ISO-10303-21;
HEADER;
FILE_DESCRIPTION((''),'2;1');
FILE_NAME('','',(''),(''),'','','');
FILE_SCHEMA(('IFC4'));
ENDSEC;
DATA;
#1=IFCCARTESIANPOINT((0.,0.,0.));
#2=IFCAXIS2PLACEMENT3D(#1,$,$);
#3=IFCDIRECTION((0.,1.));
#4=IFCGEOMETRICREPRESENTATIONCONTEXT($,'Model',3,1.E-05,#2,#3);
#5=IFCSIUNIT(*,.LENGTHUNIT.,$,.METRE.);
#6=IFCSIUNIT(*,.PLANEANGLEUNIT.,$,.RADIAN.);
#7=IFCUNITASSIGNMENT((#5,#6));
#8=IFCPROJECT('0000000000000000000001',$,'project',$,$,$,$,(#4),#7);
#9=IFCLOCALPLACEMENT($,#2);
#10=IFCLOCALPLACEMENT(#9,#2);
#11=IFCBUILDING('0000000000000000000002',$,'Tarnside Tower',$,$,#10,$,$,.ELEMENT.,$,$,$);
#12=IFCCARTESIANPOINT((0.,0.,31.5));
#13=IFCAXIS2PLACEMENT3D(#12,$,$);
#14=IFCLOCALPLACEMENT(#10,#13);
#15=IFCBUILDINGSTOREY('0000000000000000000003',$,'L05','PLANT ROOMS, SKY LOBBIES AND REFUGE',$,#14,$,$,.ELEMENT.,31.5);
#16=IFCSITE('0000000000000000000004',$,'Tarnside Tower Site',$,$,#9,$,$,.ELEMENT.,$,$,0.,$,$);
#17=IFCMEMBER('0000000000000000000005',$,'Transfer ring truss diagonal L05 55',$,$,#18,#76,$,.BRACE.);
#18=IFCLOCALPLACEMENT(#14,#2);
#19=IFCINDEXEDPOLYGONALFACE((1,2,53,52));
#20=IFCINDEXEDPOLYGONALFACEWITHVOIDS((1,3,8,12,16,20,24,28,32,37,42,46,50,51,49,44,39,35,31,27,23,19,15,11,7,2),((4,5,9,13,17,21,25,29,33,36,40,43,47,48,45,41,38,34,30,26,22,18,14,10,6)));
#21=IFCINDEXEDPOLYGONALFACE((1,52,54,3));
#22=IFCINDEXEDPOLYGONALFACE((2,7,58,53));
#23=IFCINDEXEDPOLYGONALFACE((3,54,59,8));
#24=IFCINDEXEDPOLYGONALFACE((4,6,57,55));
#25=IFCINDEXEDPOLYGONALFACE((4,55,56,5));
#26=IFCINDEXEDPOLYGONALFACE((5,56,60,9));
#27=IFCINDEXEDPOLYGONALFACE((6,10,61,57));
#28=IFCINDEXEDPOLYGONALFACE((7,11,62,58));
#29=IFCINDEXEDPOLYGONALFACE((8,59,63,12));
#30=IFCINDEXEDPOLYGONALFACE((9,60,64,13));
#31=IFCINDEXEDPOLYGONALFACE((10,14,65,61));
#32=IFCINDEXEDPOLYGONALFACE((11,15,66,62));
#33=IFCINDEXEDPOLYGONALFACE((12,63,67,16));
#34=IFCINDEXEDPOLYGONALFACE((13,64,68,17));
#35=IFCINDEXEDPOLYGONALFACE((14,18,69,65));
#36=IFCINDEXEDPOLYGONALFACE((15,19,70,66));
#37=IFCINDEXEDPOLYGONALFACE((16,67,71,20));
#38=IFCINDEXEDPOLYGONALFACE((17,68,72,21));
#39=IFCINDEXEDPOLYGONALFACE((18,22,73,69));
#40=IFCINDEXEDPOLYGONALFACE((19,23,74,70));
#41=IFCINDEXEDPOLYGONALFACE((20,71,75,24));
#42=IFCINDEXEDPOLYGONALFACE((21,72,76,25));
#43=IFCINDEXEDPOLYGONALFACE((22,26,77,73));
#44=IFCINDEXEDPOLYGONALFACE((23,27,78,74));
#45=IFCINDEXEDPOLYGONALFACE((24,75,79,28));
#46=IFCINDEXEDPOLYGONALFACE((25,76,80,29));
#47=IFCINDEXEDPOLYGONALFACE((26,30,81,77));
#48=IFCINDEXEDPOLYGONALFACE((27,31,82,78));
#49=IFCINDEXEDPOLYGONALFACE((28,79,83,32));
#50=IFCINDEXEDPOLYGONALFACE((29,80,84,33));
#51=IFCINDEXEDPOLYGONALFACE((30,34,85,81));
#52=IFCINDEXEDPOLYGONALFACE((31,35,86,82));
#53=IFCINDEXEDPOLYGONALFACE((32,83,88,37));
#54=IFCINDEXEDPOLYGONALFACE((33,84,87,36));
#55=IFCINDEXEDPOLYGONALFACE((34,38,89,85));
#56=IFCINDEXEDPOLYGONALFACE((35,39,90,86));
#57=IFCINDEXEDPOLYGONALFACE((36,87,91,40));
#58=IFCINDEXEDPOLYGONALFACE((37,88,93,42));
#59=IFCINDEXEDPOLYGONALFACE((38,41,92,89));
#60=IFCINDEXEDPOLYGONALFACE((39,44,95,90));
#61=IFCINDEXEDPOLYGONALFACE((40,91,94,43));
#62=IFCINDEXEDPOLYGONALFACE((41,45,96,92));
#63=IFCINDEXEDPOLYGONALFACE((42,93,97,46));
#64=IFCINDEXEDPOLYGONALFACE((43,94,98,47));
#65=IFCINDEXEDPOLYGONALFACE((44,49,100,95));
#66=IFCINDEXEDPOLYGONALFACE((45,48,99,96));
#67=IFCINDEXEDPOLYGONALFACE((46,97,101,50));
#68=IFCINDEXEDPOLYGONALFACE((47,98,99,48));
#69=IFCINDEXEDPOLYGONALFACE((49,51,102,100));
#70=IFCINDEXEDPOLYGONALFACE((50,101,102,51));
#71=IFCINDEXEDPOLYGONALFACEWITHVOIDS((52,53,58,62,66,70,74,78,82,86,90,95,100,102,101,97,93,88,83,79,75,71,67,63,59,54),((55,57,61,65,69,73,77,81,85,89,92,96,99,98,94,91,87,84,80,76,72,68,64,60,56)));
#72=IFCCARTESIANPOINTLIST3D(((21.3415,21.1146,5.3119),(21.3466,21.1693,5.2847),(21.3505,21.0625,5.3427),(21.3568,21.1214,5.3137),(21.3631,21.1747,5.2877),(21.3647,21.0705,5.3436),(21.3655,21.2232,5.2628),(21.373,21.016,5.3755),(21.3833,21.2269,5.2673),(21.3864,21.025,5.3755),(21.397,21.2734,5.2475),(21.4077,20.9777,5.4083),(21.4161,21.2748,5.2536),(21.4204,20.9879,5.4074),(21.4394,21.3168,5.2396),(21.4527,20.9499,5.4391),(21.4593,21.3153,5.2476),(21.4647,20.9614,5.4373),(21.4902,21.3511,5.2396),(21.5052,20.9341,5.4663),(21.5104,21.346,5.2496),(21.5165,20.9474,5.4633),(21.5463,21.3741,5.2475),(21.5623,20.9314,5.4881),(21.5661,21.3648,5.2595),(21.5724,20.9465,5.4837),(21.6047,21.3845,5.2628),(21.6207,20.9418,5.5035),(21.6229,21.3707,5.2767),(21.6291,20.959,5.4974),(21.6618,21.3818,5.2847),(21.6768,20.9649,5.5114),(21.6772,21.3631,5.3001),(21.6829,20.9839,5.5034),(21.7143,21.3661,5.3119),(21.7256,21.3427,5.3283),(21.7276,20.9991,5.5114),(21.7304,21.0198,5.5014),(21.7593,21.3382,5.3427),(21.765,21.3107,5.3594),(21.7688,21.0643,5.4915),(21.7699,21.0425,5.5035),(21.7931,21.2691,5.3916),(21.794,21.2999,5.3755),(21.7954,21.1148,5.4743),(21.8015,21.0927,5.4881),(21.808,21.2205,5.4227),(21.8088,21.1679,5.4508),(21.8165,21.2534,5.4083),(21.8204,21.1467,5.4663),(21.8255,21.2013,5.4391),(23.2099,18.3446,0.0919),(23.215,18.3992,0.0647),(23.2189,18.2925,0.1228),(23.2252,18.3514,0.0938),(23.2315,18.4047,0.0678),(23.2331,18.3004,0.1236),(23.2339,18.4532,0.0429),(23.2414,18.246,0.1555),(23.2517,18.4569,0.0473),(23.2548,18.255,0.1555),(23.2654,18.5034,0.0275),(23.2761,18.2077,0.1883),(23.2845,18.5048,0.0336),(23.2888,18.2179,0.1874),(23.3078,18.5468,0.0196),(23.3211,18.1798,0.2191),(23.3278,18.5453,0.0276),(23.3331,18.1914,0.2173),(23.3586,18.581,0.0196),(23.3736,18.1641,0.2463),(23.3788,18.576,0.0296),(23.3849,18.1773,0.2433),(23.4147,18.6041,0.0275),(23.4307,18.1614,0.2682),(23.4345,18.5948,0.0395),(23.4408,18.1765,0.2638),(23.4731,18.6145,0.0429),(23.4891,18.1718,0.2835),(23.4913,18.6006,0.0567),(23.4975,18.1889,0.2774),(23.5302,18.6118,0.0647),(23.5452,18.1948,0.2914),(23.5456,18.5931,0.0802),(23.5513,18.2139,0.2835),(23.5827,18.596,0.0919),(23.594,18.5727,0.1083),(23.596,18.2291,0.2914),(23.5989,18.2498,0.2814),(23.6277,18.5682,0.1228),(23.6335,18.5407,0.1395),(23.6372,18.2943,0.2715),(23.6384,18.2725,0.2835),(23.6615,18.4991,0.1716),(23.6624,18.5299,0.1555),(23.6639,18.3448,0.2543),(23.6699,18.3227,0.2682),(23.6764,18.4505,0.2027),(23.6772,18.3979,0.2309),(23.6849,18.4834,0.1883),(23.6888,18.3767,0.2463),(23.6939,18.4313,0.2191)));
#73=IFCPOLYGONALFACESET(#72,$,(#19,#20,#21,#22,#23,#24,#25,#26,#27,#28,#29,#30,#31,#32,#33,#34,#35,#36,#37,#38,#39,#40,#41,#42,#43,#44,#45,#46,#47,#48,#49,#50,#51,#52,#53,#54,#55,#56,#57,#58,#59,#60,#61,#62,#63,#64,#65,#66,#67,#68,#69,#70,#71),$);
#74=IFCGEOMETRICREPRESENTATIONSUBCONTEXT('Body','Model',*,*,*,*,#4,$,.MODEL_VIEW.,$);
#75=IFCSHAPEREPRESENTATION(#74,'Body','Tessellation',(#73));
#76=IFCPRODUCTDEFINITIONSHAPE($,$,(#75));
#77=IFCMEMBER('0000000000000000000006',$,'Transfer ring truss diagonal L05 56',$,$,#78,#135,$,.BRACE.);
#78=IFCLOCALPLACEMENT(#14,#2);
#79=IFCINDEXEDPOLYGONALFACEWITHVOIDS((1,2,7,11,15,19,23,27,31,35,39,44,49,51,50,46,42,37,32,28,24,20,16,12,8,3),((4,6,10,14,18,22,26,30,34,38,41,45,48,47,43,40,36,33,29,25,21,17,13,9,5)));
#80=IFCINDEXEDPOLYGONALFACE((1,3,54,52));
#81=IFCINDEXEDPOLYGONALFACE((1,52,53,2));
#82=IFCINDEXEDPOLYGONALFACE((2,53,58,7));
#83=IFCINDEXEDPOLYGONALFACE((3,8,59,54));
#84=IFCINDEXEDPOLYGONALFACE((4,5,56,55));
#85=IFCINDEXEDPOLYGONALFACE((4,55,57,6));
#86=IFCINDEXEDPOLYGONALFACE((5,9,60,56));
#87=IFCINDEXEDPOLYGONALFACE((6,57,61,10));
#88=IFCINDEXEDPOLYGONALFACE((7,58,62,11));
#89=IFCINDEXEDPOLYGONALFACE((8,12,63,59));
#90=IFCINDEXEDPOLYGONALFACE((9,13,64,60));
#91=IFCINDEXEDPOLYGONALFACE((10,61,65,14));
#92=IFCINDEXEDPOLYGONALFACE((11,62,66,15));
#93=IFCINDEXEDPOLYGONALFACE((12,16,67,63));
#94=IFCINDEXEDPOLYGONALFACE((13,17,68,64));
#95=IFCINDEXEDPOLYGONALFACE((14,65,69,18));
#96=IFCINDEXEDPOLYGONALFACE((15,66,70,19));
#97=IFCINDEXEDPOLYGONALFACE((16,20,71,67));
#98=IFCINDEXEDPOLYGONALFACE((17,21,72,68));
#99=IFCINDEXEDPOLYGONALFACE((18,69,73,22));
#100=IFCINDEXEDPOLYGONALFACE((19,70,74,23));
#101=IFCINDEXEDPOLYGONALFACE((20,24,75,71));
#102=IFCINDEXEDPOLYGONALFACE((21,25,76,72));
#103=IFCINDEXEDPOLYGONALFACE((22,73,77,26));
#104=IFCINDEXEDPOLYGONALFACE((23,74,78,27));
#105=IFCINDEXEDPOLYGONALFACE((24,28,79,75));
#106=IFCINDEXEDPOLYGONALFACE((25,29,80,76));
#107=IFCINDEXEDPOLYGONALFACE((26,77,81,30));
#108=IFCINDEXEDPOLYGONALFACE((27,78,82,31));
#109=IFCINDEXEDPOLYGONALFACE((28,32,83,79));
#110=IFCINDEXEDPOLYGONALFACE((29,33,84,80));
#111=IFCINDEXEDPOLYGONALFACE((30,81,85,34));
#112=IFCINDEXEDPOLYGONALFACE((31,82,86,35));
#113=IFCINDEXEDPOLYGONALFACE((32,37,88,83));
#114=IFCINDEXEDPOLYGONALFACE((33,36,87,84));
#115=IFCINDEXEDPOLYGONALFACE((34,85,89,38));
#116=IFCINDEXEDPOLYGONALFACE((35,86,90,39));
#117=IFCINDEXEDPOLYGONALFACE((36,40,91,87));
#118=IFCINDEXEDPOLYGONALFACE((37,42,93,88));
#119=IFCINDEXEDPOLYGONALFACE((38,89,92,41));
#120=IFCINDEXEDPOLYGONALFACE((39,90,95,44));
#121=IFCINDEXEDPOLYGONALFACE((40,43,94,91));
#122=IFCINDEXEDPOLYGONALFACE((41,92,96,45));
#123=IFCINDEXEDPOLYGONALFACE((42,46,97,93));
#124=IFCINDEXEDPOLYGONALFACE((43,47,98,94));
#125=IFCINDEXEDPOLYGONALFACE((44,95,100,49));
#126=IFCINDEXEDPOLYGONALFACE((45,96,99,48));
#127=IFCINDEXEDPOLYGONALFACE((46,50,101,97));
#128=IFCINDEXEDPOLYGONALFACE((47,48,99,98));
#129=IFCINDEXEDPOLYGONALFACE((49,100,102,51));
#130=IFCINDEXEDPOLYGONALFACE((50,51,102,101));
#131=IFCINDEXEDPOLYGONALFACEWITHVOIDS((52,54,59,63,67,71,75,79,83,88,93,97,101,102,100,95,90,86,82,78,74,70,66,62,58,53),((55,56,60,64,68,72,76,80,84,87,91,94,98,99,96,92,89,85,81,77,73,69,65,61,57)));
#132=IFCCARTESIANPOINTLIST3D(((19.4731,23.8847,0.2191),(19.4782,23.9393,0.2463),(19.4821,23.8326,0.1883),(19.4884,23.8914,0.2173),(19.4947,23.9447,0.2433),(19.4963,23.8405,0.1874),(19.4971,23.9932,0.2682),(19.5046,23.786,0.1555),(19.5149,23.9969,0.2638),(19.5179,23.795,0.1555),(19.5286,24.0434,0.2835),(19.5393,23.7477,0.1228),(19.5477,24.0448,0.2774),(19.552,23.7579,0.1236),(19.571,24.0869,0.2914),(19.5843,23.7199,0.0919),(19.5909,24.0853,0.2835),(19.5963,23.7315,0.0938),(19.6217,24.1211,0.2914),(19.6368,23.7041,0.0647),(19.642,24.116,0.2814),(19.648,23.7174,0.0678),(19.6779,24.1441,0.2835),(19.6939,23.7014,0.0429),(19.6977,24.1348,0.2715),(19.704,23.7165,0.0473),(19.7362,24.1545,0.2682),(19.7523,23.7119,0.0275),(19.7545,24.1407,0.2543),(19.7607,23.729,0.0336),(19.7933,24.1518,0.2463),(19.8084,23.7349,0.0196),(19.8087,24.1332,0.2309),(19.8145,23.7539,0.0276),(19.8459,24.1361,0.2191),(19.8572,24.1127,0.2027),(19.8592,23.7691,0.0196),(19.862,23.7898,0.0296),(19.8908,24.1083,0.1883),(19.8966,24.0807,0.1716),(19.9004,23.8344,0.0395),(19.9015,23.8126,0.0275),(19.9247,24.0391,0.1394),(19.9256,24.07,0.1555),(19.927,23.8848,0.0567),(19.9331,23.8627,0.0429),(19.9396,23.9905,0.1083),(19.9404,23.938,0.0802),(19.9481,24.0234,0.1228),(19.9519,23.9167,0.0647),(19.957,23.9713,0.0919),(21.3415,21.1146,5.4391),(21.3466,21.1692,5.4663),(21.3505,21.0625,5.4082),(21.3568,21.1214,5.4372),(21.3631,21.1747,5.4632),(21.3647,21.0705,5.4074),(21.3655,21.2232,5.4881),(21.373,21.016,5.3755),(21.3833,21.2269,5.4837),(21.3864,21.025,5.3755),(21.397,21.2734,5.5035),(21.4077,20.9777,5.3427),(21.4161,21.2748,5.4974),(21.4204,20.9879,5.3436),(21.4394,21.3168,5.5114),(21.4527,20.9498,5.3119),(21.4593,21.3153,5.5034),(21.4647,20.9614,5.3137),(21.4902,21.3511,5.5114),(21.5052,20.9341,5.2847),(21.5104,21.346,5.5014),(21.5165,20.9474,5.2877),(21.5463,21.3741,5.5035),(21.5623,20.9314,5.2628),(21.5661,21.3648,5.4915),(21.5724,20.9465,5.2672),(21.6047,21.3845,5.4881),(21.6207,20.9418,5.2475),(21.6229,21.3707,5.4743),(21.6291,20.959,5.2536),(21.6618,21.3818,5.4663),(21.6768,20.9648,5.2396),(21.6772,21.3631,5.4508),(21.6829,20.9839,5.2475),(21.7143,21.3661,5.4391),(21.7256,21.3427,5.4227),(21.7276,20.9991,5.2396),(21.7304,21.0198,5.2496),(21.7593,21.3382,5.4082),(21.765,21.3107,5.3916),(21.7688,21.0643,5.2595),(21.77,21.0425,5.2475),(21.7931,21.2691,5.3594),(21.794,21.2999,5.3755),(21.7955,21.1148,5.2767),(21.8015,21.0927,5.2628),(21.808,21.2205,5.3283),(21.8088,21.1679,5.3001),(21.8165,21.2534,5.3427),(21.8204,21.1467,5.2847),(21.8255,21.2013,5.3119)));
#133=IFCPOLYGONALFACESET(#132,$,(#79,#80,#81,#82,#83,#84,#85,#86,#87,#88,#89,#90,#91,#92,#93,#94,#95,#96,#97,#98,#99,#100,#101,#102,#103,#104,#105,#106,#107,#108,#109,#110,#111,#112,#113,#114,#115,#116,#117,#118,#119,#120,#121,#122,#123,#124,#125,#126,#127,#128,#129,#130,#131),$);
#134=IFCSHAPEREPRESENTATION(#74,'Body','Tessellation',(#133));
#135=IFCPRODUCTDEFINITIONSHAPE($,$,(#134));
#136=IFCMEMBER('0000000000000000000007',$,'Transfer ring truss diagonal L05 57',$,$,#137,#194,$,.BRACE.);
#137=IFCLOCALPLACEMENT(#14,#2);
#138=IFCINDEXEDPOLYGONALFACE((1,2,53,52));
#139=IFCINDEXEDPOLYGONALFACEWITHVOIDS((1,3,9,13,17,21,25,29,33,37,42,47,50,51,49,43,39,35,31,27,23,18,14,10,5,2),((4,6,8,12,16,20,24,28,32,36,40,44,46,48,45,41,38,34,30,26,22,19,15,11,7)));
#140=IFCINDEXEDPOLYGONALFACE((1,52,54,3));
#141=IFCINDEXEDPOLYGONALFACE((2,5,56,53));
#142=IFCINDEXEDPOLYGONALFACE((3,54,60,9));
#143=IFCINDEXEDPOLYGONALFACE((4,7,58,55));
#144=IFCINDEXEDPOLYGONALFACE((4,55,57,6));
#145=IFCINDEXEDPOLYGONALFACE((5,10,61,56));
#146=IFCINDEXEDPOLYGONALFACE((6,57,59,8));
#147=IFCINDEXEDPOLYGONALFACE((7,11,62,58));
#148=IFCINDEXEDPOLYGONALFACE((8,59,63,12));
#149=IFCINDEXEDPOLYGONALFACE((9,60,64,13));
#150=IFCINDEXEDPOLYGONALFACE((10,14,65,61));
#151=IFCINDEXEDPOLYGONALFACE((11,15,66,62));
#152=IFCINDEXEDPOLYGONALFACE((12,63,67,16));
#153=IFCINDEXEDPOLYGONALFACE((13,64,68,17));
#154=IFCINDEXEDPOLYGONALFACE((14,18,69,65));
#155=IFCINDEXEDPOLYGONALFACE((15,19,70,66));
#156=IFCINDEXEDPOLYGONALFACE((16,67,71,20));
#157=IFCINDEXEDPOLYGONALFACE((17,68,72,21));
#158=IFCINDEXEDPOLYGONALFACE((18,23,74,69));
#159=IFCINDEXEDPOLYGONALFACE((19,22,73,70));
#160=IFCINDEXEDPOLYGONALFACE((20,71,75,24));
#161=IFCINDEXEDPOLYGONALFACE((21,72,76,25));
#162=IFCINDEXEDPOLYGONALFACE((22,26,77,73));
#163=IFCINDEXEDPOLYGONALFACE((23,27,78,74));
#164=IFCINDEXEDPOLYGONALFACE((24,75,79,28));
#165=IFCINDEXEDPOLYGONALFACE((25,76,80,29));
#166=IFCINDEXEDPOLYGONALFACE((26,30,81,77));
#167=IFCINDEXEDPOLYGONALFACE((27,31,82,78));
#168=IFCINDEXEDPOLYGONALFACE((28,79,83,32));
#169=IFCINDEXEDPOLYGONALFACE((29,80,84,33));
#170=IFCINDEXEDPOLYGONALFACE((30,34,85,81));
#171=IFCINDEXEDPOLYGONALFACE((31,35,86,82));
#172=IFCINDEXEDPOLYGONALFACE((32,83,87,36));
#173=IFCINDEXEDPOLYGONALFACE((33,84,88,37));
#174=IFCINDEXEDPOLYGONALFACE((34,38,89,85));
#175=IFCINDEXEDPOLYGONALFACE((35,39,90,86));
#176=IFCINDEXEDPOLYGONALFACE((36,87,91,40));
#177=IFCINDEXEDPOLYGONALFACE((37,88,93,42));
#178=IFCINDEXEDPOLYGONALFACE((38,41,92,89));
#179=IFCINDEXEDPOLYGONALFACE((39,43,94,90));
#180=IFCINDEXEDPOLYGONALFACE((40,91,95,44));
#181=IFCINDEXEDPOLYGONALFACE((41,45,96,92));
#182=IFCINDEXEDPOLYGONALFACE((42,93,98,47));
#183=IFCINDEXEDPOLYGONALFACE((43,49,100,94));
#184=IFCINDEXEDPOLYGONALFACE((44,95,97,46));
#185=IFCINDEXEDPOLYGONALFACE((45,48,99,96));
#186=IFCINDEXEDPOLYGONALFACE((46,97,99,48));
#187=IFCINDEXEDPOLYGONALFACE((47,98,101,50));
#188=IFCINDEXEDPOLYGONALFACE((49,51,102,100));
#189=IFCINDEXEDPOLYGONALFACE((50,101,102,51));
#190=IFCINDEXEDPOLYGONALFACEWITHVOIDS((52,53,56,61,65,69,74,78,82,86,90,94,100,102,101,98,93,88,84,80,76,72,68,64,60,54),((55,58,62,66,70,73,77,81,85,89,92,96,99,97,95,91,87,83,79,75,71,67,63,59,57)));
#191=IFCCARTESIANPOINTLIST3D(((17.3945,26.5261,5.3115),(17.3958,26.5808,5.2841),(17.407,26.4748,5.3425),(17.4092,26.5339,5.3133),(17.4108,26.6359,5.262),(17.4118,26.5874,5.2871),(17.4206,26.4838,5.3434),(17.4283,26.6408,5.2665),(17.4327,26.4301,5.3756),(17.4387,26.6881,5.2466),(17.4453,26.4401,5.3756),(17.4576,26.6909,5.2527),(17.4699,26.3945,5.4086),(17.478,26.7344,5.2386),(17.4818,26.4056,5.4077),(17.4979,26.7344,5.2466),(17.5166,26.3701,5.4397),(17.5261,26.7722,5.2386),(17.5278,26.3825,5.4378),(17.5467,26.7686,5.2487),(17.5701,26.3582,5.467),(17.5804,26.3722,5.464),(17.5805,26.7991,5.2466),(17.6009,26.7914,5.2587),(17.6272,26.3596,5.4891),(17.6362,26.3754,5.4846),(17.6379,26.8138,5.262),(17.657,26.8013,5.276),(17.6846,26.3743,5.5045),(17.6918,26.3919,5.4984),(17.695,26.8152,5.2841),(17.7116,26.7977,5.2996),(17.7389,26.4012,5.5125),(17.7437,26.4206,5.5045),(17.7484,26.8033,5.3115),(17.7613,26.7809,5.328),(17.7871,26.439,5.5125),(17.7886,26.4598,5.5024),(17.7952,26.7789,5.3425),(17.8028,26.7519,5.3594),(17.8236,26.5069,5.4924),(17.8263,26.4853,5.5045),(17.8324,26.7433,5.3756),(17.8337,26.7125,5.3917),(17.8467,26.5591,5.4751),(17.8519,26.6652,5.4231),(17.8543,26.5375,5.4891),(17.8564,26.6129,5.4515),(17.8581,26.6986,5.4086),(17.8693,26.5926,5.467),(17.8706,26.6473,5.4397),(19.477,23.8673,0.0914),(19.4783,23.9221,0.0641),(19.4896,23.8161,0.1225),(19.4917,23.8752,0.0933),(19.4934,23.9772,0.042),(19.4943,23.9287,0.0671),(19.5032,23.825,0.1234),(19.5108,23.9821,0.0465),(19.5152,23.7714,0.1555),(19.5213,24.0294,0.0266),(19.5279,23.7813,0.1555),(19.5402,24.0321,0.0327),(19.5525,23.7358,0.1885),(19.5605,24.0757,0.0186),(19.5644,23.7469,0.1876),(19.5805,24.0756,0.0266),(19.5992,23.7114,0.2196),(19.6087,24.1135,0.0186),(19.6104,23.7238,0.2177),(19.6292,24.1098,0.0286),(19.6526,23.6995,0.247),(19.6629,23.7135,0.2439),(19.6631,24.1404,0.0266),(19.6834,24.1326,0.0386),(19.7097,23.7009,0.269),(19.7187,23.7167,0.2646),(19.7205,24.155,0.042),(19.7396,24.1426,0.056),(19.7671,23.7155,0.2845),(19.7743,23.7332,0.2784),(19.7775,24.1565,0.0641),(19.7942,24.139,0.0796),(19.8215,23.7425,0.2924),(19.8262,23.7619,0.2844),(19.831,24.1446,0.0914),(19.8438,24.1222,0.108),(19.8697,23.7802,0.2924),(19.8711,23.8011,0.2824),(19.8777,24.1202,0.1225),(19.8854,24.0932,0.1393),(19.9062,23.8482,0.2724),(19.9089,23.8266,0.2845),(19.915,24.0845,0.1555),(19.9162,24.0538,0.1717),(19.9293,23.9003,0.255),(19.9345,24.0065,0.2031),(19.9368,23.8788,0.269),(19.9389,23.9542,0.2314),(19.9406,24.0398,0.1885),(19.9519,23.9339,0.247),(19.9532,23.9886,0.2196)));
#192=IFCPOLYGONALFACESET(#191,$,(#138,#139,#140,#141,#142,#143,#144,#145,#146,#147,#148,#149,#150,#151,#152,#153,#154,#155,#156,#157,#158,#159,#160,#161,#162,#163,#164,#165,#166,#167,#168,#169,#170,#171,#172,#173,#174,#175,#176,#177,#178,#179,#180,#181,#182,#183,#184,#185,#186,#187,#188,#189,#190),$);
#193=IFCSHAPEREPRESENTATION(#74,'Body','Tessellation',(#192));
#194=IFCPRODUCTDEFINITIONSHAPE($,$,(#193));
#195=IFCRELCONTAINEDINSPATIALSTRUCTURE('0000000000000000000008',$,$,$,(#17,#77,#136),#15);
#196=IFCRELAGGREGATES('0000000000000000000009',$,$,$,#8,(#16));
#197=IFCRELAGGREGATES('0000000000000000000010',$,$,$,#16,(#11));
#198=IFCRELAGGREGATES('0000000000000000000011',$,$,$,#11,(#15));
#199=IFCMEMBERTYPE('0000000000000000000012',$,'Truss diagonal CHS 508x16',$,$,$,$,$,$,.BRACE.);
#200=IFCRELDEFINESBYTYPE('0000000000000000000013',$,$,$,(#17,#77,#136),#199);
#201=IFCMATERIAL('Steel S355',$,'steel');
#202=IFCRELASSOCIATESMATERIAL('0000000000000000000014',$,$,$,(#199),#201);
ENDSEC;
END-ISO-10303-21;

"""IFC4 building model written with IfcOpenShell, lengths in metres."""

from ifc_helpers import new_model, si_unit, direction, frame, origin, origin_2d, place, context, subcontext, project, spatial, hollow_circle, extrude, material, material_profile, profile_set, type_object, element, save


model = new_model("IFC4")

# Units and contexts
model_context = context("Model", 3, precision=1e-05, world=origin(), true_north=direction((0.0, 1.0)))
body_context = subcontext(model_context, "Body", "Model", "MODEL_VIEW")
ifc_project = project(units=[si_unit("LENGTHUNIT", "METRE"), si_unit("PLANEANGLEUNIT", "RADIAN")], contexts=[model_context])

# Site, building, storey
site_placement = place(None, origin())
site = spatial("IfcSite", under=ifc_project, at=site_placement, Name="Tarnside Tower Site", CompositionType="ELEMENT", RefElevation=0.0)
building_placement = place(site_placement, origin())
building = spatial("IfcBuilding", under=site, at=building_placement, Name="Tarnside Tower", CompositionType="ELEMENT")
storey_placement = place(building_placement, frame((0.0, 0.0, 31.5)))
storey = spatial("IfcBuildingStorey", under=building, at=storey_placement, Name="L05", Description="PLANT ROOMS, SKY LOBBIES AND REFUGE", CompositionType="ELEMENT", Elevation=31.5)

# Shared definitions
ifc_material_1 = material(Name="Steel S355", Category="steel")

# Members
ifc_material_profile_1 = material_profile(ifc_material_1, hollow_circle(Radius=0.2539, WallThickness=0.0161, at=origin_2d()), Name="CHS 508x16")
ifc_profile_set_1 = profile_set([ifc_material_profile_1], Name="Steel S355")
member_type_1 = type_object("IfcMemberType", Name="Truss diagonal CHS 508x16", PredefinedType="BRACE", material=ifc_profile_set_1)
for number, where, z_axis, x_axis, name in (
    (1, (23.4519, 18.3879, 0.1555), (-0.301466, 0.44694, 0.842237), (-0.829037, -0.559194, 0.0), "Transfer ring truss diagonal L05 55"),
    (2, (21.5835, 21.158, 5.3755), (-0.301466, 0.44694, -0.842237), (-0.829037, -0.559194, 0.0), "Transfer ring truss diagonal L05 56"),
):
    element("IfcMember", number, at=place(storey_placement, frame(where, z_axis=z_axis, x_axis=x_axis)), inside=storey, type_object=member_type_1, Name=name, PredefinedType="BRACE", context=body_context, shape_type="SweptSolid", body=[
        extrude(hollow_circle(Radius=0.2539, WallThickness=0.0161, at=origin_2d()), origin(), (0.0, 0.0, 1.0), 6.1978),
    ])
for number, where, z_axis, x_axis, name in (
    (3, (19.7151, 23.928, 0.1555), (-0.334961, 0.427635, 0.839601), (-0.787246, -0.61664, 0.0), "Transfer ring truss diagonal L05 57"),
):
    element("IfcMember", number, at=place(storey_placement, frame(where, z_axis=z_axis, x_axis=x_axis)), inside=storey, type_object=member_type_1, Name=name, PredefinedType="BRACE", context=body_context, shape_type="SweptSolid", body=[
        extrude(hollow_circle(Radius=0.2539, WallThickness=0.0161, at=origin_2d()), origin(), (0.0, 0.0, 1.0), 6.2173),
    ])

save(model, "model.ifc")
